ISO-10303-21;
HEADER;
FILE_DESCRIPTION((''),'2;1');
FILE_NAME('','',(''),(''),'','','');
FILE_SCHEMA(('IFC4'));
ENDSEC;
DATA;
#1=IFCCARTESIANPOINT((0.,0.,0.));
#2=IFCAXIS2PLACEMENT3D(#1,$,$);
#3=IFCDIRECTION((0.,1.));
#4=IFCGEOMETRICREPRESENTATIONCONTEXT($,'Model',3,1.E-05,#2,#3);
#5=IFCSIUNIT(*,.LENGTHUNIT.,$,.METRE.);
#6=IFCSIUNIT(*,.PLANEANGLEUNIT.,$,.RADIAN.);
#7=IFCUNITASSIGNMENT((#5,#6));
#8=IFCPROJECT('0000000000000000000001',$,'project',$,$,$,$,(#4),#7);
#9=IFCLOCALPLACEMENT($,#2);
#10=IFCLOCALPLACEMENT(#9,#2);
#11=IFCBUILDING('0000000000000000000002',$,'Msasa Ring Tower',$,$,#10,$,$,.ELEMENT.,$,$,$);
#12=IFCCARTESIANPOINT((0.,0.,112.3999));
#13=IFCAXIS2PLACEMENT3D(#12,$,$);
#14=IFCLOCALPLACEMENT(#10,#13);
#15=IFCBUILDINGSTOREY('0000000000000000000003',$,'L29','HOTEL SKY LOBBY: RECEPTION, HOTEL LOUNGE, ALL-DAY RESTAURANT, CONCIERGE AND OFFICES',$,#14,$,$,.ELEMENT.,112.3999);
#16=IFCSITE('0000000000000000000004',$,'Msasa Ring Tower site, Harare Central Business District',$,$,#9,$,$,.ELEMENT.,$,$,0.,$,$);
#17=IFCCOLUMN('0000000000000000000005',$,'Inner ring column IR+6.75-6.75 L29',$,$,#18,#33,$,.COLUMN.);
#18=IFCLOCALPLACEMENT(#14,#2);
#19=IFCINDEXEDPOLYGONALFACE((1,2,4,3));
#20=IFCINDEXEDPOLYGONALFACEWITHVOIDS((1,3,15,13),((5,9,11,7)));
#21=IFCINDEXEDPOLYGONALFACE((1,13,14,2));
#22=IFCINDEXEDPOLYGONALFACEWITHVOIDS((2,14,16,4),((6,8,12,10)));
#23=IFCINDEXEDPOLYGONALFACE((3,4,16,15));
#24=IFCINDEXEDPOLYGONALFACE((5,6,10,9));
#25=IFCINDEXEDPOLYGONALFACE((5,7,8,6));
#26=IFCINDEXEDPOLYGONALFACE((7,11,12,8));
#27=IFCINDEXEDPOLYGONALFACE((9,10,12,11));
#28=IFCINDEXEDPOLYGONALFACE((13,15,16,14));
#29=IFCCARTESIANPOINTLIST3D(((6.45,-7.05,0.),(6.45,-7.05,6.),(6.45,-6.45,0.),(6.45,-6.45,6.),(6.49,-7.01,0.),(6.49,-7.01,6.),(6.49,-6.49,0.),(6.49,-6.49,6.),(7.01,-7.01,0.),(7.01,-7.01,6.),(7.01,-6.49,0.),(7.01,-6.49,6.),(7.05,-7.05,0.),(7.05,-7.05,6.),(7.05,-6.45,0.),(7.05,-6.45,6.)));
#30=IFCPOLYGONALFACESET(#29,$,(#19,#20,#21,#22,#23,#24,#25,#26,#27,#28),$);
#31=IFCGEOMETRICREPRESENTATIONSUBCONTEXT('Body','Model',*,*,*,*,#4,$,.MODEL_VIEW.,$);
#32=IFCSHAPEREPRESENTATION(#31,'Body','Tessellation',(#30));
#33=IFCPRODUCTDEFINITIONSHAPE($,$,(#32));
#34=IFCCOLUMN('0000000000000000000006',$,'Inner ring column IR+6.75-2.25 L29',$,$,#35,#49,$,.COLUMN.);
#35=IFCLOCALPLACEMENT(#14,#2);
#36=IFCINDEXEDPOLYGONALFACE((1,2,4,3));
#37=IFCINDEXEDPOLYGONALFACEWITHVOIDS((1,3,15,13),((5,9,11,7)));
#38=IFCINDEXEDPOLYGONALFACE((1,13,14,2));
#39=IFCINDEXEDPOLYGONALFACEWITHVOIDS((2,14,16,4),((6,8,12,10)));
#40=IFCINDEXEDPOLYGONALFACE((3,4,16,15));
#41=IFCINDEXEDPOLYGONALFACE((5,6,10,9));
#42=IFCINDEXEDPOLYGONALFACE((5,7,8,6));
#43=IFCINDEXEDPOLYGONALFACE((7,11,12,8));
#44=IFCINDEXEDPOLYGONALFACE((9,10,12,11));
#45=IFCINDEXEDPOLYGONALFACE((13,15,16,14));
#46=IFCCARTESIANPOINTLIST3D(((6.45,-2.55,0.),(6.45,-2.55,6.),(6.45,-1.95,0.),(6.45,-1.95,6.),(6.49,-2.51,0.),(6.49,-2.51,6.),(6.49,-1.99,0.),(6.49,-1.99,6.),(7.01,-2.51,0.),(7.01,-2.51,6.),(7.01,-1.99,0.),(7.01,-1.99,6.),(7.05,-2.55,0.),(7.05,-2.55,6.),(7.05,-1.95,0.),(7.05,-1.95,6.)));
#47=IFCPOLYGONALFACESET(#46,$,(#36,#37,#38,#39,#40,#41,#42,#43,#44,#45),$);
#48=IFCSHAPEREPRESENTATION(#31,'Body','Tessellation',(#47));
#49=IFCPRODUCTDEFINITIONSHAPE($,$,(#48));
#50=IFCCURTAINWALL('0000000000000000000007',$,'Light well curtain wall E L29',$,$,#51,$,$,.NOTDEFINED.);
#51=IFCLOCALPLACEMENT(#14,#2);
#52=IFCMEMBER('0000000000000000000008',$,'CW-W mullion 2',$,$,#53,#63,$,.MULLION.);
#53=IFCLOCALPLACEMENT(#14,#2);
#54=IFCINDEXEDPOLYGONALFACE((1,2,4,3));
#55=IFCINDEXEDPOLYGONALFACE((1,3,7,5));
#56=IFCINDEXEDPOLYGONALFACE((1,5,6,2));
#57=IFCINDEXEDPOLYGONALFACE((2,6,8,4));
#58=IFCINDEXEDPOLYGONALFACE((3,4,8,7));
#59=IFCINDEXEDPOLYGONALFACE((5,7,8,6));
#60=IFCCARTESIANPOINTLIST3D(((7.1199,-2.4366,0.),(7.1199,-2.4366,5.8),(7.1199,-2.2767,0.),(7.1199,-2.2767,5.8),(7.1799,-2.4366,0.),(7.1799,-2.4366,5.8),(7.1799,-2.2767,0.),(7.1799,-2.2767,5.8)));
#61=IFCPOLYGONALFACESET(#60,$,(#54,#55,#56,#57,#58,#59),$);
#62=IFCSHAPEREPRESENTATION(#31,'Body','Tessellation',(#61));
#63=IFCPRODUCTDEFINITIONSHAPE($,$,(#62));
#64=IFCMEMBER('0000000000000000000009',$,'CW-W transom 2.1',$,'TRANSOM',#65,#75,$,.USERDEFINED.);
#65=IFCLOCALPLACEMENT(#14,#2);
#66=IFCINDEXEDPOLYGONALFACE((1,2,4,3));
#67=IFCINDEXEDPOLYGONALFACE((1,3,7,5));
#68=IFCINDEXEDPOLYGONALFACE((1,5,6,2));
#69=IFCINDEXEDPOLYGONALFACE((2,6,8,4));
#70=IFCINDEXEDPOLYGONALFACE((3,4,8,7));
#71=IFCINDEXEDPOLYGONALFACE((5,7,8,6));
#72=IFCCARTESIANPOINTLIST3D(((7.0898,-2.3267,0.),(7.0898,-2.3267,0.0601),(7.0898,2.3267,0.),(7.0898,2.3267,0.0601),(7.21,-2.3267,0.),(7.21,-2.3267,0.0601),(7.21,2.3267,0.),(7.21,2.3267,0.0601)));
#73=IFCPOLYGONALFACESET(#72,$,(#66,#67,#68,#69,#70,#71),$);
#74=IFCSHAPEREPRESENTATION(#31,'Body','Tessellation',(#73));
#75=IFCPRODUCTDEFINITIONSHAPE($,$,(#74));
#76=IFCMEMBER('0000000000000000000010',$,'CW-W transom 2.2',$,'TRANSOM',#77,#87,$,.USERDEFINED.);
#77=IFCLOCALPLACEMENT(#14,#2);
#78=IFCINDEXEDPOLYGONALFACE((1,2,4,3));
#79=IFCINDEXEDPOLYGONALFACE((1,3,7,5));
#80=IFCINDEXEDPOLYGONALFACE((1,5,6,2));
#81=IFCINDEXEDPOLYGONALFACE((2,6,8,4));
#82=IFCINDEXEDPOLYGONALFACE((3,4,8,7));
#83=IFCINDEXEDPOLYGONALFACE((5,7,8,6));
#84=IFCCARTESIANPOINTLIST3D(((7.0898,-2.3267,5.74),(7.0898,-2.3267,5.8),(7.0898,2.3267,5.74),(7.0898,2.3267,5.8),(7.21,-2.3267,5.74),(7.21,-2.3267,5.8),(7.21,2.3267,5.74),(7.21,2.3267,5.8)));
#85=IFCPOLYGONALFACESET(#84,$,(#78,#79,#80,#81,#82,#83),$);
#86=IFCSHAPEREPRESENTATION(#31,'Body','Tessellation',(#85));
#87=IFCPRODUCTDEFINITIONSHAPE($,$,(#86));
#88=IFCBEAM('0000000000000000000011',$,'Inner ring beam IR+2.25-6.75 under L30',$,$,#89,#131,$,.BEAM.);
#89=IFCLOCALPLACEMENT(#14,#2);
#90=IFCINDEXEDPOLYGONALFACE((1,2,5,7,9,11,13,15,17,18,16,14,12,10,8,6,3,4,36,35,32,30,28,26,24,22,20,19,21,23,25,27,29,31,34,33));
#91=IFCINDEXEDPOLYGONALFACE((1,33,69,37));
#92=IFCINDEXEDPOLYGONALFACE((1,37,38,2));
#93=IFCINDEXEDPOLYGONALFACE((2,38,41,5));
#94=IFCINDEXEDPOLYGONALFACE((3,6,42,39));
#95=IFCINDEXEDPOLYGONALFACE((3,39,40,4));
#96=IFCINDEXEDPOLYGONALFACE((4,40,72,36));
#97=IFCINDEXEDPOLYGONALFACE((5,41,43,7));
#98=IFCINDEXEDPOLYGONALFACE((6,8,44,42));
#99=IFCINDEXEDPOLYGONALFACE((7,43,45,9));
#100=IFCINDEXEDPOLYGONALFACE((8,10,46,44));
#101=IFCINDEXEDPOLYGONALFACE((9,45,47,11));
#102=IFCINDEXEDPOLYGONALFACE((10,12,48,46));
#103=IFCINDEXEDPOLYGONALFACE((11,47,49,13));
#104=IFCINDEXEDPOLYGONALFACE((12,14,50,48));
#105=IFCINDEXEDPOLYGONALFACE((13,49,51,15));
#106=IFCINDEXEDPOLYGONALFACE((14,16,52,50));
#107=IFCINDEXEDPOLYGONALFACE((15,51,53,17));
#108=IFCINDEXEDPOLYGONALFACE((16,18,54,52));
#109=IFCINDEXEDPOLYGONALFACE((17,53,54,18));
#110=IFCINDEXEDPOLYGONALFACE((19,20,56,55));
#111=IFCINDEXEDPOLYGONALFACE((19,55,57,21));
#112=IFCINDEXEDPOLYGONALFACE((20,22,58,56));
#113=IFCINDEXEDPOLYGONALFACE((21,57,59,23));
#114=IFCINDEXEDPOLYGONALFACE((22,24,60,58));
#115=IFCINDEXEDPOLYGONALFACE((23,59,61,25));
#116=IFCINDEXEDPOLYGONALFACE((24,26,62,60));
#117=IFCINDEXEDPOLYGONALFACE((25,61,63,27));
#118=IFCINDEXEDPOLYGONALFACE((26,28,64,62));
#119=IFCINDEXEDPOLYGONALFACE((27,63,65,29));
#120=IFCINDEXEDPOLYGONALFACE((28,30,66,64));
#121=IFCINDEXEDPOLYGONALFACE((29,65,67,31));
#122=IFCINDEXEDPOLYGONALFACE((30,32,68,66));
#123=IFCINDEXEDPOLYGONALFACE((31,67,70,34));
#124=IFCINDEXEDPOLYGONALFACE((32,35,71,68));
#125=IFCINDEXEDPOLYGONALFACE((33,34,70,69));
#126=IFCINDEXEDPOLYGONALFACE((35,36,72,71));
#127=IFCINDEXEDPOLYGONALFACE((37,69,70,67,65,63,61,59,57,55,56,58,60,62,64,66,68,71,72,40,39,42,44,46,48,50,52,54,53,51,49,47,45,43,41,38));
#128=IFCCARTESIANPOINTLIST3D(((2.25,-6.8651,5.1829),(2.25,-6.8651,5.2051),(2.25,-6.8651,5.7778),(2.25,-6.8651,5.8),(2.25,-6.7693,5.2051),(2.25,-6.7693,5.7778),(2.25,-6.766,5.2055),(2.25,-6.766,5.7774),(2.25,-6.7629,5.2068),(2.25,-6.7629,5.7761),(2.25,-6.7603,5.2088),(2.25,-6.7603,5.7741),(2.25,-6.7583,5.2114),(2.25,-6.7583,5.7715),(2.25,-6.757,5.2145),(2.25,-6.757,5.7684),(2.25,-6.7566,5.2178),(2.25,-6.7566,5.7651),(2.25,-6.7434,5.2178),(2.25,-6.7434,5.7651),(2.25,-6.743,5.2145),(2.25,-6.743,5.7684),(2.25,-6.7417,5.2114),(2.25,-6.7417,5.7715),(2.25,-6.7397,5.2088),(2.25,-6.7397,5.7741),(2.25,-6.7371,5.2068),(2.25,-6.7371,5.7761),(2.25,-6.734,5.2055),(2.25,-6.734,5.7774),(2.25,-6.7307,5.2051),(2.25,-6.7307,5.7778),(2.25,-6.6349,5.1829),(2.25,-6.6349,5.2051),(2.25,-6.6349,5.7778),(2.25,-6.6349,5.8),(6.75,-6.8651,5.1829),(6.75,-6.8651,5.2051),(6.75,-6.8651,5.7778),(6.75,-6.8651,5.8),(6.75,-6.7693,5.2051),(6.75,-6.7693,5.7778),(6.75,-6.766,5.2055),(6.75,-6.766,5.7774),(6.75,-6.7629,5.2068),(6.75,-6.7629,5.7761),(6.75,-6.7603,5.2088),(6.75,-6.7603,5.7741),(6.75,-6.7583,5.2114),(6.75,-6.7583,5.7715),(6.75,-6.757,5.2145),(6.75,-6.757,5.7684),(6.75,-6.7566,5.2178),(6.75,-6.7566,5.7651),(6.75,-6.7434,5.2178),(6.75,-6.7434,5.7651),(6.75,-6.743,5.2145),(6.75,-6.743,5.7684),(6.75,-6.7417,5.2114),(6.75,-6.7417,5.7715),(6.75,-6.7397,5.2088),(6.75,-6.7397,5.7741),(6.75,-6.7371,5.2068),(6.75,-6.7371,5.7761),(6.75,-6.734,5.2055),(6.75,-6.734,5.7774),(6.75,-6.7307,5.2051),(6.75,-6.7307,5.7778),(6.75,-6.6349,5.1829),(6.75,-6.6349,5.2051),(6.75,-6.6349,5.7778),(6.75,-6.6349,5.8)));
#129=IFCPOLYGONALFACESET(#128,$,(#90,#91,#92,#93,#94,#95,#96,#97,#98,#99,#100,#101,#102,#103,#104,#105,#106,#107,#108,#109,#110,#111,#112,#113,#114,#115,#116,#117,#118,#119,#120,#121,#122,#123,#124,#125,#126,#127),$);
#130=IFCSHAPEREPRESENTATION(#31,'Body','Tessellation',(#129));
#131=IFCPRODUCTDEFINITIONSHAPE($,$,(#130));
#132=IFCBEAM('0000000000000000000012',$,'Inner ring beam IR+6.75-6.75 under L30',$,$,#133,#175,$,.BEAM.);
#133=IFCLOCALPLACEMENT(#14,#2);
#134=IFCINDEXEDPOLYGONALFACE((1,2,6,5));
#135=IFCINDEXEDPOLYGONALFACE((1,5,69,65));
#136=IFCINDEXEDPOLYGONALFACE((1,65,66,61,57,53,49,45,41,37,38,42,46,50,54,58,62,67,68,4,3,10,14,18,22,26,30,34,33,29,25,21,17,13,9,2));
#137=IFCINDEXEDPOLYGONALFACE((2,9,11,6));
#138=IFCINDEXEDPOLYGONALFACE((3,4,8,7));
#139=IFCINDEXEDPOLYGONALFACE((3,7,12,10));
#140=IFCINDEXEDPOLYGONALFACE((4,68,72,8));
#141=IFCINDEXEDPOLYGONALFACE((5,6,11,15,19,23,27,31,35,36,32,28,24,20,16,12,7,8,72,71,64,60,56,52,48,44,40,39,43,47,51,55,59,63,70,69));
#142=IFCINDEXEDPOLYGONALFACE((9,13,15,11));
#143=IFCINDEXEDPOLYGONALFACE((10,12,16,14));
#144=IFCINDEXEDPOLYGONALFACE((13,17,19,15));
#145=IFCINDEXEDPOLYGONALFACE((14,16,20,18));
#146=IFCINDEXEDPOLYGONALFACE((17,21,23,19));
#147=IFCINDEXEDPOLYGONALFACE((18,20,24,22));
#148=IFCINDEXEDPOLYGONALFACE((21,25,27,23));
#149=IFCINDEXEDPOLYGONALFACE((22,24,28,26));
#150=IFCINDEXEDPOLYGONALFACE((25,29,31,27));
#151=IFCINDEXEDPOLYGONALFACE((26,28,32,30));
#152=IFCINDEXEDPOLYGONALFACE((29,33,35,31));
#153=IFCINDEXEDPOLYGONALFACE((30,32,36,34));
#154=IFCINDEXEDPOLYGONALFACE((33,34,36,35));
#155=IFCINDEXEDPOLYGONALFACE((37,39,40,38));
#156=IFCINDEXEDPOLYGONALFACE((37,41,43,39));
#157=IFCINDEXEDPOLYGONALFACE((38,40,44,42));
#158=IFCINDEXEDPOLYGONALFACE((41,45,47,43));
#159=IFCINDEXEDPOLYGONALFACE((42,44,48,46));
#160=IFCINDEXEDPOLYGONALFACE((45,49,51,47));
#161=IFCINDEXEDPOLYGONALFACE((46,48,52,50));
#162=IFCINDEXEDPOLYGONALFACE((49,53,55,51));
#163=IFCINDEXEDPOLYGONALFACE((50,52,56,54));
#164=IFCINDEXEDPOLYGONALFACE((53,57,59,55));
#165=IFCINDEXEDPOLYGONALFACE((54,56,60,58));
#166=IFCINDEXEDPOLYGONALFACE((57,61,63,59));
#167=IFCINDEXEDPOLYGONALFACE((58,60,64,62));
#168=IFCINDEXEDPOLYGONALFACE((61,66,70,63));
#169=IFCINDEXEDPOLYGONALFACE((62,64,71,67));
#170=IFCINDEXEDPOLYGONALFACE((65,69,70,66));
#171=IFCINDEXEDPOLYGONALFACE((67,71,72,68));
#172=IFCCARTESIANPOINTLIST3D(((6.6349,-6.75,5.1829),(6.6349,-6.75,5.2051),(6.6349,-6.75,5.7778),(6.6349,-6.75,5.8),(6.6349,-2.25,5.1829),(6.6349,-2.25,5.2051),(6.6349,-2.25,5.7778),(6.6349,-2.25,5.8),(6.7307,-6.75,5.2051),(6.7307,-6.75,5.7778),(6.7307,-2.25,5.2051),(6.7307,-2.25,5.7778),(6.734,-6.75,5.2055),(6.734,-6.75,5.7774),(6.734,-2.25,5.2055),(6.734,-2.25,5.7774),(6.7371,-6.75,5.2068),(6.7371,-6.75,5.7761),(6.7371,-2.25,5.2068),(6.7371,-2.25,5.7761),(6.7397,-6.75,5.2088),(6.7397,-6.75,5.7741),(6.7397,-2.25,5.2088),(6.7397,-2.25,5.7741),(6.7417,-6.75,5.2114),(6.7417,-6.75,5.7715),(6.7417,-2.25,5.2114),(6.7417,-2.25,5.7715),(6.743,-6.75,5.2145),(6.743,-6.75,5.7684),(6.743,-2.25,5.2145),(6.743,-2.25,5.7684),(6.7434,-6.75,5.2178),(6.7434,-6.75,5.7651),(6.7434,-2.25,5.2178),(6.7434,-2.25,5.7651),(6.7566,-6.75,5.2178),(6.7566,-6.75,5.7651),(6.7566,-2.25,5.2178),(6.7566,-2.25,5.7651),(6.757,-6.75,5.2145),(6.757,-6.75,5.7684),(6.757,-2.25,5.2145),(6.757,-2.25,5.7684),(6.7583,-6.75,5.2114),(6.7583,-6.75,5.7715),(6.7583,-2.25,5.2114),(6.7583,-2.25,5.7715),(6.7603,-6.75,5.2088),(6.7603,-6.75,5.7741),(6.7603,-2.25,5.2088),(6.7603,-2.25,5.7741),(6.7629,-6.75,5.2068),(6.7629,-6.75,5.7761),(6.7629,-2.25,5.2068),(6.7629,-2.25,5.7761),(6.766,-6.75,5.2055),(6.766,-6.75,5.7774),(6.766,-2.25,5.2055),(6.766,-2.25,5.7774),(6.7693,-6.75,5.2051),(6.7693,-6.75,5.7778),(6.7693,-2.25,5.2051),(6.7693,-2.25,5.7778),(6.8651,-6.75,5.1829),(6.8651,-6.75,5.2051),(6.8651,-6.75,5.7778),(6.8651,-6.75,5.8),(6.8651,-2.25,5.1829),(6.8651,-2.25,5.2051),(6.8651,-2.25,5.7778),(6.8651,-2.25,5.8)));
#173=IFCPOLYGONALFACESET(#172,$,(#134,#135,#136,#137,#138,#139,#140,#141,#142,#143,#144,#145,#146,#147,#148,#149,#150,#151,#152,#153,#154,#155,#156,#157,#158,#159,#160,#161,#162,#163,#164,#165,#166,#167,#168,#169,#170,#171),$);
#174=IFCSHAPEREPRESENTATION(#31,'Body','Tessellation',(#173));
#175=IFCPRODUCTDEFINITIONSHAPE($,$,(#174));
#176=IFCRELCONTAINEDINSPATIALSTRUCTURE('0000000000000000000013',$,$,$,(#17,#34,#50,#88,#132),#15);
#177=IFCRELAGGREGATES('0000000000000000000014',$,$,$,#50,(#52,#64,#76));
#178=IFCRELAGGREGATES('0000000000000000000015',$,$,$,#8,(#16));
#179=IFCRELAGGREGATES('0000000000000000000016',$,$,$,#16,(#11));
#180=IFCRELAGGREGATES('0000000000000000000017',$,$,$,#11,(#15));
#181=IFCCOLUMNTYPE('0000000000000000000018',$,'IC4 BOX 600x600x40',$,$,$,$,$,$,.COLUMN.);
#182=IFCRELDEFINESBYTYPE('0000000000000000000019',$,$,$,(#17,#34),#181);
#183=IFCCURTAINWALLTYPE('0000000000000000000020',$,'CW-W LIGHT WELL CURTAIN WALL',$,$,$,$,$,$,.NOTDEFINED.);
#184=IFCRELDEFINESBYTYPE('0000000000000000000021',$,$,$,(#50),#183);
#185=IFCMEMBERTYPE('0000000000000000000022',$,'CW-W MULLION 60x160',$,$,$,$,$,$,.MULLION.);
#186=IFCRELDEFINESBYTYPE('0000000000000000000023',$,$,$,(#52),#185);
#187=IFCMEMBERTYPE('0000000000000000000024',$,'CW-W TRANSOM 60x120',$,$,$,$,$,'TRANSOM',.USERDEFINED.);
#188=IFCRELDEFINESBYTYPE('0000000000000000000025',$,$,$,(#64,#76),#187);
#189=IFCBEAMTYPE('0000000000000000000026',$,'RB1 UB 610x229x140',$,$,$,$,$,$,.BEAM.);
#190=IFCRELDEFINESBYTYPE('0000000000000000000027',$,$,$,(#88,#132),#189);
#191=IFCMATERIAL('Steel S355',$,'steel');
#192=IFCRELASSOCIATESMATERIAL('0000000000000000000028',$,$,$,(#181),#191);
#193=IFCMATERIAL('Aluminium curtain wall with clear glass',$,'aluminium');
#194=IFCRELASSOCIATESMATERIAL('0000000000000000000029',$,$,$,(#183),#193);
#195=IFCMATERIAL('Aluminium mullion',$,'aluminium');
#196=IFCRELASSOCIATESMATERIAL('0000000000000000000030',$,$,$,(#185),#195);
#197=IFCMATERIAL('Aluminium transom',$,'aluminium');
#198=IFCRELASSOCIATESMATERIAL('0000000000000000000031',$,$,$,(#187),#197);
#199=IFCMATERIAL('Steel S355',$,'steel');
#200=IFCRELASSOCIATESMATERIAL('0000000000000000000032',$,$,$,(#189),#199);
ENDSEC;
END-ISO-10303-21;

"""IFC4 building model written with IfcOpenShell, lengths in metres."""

from ifc_helpers import new_model, si_unit, direction, frame, origin, origin_2d, place, context, subcontext, project, spatial, rectangle, hollow_rectangle, i_section, extrude, material, material_profile, profile_set, type_object, element, aggregate, save


model = new_model("IFC4")

# Units and contexts
model_context = context("Model", 3, precision=1e-05, world=origin(), true_north=direction((0.0, 1.0)))
body_context = subcontext(model_context, "Body", "Model", "MODEL_VIEW")
ifc_project = project(units=[si_unit("LENGTHUNIT", "METRE"), si_unit("PLANEANGLEUNIT", "RADIAN")], contexts=[model_context])

# Site, building, storey
site_placement = place(None, origin())
site = spatial("IfcSite", under=ifc_project, at=site_placement, Name="Msasa Ring Tower site, Harare Central Business District", CompositionType="ELEMENT", RefElevation=0.0)
building_placement = place(site_placement, origin())
building = spatial("IfcBuilding", under=site, at=building_placement, Name="Msasa Ring Tower", CompositionType="ELEMENT")
storey_placement = place(building_placement, frame((0.0, 0.0, 112.3999)))
storey = spatial("IfcBuildingStorey", under=building, at=storey_placement, Name="L29", Description="HOTEL SKY LOBBY: RECEPTION, HOTEL LOUNGE, ALL-DAY RESTAURANT, CONCIERGE AND OFFICES", CompositionType="ELEMENT", Elevation=112.3999)

# Columns
ifc_material_1 = material(Name="Steel S355", Category="steel")
ifc_material_profile_1 = material_profile(ifc_material_1, hollow_rectangle(XDim=0.6001, YDim=0.6001, WallThickness=0.04, at=origin_2d()), Name="BOX 600x600x40")
ifc_profile_set_1 = profile_set([ifc_material_profile_1], Name="Steel S355")
column_type = type_object("IfcColumnType", Name="IC4 BOX 600x600x40", PredefinedType="COLUMN", material=ifc_profile_set_1)
for number, where, z_axis, x_axis, name in (
    (1, (6.75, -6.75, 0.0), (0.0, 0.0, 1.0), (1.0, 0.0, 0.0), "Inner ring column IR+6.75-6.75 L29"),
    (2, (6.75, -2.25, 0.0), (0.0, 0.0, 1.0), (1.0, 0.0, 0.0), "Inner ring column IR+6.75-2.25 L29"),
):
    element("IfcColumn", number, at=place(storey_placement, frame(where, z_axis=z_axis, x_axis=x_axis)), inside=storey, type_object=column_type, Name=name, PredefinedType="COLUMN", context=body_context, shape_type="SweptSolid", body=[
        extrude(hollow_rectangle(XDim=0.6001, YDim=0.6001, WallThickness=0.04, at=origin_2d()), origin(), (0.0, 0.0, 1.0), 6.0),
    ])

# Curtain wall, members
ifc_material_2 = material(Name="Aluminium curtain wall with clear glass", Category="aluminium")
curtain_wall_type = type_object("IfcCurtainWallType", Name="CW-W LIGHT WELL CURTAIN WALL", PredefinedType="NOTDEFINED", material=ifc_material_2)
curtain_wall_placement = place(storey_placement, origin())
curtain_wall = element("IfcCurtainWall", 3, at=curtain_wall_placement, inside=storey, type_object=curtain_wall_type, Name="Light well curtain wall E L29", PredefinedType="NOTDEFINED")
ifc_material_3 = material(Name="Aluminium mullion", Category="aluminium")
ifc_material_profile_2 = material_profile(ifc_material_3, rectangle(XDim=0.0601, YDim=0.1599, at=origin_2d()), Name="AL 60x160")
ifc_profile_set_2 = profile_set([ifc_material_profile_2], Name="Aluminium mullion")
member_type_1 = type_object("IfcMemberType", Name="CW-W MULLION 60x160", PredefinedType="MULLION", material=ifc_profile_set_2)
member_1_placement = place(storey_placement, frame((7.1499, -2.3567, 0.0), z_axis=(0.0, 0.0, 1.0), x_axis=(-1.0, 0.0, 0.0)))
member_1 = element("IfcMember", 4, at=member_1_placement, type_object=member_type_1, Name="CW-W mullion 2", PredefinedType="MULLION", context=body_context, shape_type="SweptSolid", body=[
    extrude(rectangle(XDim=0.0601, YDim=0.1599, at=origin_2d()), origin(), (0.0, 0.0, 1.0), 5.8),
])
ifc_material_4 = material(Name="Aluminium transom", Category="aluminium")
ifc_material_profile_3 = material_profile(ifc_material_4, rectangle(XDim=0.1201, YDim=0.0601, at=origin_2d()), Name="AL 60x120")
ifc_profile_set_3 = profile_set([ifc_material_profile_3], Name="Aluminium transom")
member_type_2 = type_object("IfcMemberType", Name="CW-W TRANSOM 60x120", ElementType="TRANSOM", PredefinedType="USERDEFINED", material=ifc_profile_set_3)
member_2_placement = place(storey_placement, frame((7.1499, -2.3267, 0.03), z_axis=(0.0, 1.0, 0.0), x_axis=(-1.0, 0.0, 0.0)))
member_2 = element("IfcMember", 5, at=member_2_placement, type_object=member_type_2, Name="CW-W transom 2.1", ObjectType="TRANSOM", PredefinedType="USERDEFINED", context=body_context, shape_type="SweptSolid", body=[
    extrude(rectangle(XDim=0.1201, YDim=0.0601, at=origin_2d()), origin(), (0.0, 0.0, 1.0), 4.6533),
])
member_3_placement = place(storey_placement, frame((7.1499, -2.3267, 5.77), z_axis=(0.0, 1.0, 0.0), x_axis=(-1.0, 0.0, 0.0)))
member_3 = element("IfcMember", 6, at=member_3_placement, type_object=member_type_2, Name="CW-W transom 2.2", ObjectType="TRANSOM", PredefinedType="USERDEFINED", context=body_context, shape_type="SweptSolid", body=[
    extrude(rectangle(XDim=0.1201, YDim=0.0601, at=origin_2d()), origin(), (0.0, 0.0, 1.0), 4.6533),
])

# Beams
ifc_material_5 = material(Name="Steel S355", Category="steel")
ifc_material_profile_4 = material_profile(ifc_material_5, i_section(OverallWidth=0.2302, OverallDepth=0.6172, WebThickness=0.0132, FlangeThickness=0.0222, FilletRadius=0.0127, at=origin_2d()), Name="UB 610x229x140")
ifc_profile_set_4 = profile_set([ifc_material_profile_4], Name="Steel S355")
beam_type = type_object("IfcBeamType", Name="RB1 UB 610x229x140", PredefinedType="BEAM", material=ifc_profile_set_4)
for number, where, z_axis, x_axis, name in (
    (7, (2.25, -6.75, 5.4915), (1.0, 0.0, 0.0), (0.0, 1.0, 0.0), "Inner ring beam IR+2.25-6.75 under L30"),
    (8, (6.75, -6.75, 5.4915), (0.0, 1.0, 0.0), (-1.0, 0.0, 0.0), "Inner ring beam IR+6.75-6.75 under L30"),
):
    element("IfcBeam", number, at=place(storey_placement, frame(where, z_axis=z_axis, x_axis=x_axis)), inside=storey, type_object=beam_type, Name=name, PredefinedType="BEAM", context=body_context, shape_type="SweptSolid", body=[
        extrude(i_section(OverallWidth=0.2302, OverallDepth=0.6172, WebThickness=0.0132, FlangeThickness=0.0222, FilletRadius=0.0127, at=origin_2d()), origin(), (0.0, 0.0, 1.0), 4.5),
    ])

aggregate(curtain_wall, [member_1, member_2, member_3])

save(model, "model.ifc")
